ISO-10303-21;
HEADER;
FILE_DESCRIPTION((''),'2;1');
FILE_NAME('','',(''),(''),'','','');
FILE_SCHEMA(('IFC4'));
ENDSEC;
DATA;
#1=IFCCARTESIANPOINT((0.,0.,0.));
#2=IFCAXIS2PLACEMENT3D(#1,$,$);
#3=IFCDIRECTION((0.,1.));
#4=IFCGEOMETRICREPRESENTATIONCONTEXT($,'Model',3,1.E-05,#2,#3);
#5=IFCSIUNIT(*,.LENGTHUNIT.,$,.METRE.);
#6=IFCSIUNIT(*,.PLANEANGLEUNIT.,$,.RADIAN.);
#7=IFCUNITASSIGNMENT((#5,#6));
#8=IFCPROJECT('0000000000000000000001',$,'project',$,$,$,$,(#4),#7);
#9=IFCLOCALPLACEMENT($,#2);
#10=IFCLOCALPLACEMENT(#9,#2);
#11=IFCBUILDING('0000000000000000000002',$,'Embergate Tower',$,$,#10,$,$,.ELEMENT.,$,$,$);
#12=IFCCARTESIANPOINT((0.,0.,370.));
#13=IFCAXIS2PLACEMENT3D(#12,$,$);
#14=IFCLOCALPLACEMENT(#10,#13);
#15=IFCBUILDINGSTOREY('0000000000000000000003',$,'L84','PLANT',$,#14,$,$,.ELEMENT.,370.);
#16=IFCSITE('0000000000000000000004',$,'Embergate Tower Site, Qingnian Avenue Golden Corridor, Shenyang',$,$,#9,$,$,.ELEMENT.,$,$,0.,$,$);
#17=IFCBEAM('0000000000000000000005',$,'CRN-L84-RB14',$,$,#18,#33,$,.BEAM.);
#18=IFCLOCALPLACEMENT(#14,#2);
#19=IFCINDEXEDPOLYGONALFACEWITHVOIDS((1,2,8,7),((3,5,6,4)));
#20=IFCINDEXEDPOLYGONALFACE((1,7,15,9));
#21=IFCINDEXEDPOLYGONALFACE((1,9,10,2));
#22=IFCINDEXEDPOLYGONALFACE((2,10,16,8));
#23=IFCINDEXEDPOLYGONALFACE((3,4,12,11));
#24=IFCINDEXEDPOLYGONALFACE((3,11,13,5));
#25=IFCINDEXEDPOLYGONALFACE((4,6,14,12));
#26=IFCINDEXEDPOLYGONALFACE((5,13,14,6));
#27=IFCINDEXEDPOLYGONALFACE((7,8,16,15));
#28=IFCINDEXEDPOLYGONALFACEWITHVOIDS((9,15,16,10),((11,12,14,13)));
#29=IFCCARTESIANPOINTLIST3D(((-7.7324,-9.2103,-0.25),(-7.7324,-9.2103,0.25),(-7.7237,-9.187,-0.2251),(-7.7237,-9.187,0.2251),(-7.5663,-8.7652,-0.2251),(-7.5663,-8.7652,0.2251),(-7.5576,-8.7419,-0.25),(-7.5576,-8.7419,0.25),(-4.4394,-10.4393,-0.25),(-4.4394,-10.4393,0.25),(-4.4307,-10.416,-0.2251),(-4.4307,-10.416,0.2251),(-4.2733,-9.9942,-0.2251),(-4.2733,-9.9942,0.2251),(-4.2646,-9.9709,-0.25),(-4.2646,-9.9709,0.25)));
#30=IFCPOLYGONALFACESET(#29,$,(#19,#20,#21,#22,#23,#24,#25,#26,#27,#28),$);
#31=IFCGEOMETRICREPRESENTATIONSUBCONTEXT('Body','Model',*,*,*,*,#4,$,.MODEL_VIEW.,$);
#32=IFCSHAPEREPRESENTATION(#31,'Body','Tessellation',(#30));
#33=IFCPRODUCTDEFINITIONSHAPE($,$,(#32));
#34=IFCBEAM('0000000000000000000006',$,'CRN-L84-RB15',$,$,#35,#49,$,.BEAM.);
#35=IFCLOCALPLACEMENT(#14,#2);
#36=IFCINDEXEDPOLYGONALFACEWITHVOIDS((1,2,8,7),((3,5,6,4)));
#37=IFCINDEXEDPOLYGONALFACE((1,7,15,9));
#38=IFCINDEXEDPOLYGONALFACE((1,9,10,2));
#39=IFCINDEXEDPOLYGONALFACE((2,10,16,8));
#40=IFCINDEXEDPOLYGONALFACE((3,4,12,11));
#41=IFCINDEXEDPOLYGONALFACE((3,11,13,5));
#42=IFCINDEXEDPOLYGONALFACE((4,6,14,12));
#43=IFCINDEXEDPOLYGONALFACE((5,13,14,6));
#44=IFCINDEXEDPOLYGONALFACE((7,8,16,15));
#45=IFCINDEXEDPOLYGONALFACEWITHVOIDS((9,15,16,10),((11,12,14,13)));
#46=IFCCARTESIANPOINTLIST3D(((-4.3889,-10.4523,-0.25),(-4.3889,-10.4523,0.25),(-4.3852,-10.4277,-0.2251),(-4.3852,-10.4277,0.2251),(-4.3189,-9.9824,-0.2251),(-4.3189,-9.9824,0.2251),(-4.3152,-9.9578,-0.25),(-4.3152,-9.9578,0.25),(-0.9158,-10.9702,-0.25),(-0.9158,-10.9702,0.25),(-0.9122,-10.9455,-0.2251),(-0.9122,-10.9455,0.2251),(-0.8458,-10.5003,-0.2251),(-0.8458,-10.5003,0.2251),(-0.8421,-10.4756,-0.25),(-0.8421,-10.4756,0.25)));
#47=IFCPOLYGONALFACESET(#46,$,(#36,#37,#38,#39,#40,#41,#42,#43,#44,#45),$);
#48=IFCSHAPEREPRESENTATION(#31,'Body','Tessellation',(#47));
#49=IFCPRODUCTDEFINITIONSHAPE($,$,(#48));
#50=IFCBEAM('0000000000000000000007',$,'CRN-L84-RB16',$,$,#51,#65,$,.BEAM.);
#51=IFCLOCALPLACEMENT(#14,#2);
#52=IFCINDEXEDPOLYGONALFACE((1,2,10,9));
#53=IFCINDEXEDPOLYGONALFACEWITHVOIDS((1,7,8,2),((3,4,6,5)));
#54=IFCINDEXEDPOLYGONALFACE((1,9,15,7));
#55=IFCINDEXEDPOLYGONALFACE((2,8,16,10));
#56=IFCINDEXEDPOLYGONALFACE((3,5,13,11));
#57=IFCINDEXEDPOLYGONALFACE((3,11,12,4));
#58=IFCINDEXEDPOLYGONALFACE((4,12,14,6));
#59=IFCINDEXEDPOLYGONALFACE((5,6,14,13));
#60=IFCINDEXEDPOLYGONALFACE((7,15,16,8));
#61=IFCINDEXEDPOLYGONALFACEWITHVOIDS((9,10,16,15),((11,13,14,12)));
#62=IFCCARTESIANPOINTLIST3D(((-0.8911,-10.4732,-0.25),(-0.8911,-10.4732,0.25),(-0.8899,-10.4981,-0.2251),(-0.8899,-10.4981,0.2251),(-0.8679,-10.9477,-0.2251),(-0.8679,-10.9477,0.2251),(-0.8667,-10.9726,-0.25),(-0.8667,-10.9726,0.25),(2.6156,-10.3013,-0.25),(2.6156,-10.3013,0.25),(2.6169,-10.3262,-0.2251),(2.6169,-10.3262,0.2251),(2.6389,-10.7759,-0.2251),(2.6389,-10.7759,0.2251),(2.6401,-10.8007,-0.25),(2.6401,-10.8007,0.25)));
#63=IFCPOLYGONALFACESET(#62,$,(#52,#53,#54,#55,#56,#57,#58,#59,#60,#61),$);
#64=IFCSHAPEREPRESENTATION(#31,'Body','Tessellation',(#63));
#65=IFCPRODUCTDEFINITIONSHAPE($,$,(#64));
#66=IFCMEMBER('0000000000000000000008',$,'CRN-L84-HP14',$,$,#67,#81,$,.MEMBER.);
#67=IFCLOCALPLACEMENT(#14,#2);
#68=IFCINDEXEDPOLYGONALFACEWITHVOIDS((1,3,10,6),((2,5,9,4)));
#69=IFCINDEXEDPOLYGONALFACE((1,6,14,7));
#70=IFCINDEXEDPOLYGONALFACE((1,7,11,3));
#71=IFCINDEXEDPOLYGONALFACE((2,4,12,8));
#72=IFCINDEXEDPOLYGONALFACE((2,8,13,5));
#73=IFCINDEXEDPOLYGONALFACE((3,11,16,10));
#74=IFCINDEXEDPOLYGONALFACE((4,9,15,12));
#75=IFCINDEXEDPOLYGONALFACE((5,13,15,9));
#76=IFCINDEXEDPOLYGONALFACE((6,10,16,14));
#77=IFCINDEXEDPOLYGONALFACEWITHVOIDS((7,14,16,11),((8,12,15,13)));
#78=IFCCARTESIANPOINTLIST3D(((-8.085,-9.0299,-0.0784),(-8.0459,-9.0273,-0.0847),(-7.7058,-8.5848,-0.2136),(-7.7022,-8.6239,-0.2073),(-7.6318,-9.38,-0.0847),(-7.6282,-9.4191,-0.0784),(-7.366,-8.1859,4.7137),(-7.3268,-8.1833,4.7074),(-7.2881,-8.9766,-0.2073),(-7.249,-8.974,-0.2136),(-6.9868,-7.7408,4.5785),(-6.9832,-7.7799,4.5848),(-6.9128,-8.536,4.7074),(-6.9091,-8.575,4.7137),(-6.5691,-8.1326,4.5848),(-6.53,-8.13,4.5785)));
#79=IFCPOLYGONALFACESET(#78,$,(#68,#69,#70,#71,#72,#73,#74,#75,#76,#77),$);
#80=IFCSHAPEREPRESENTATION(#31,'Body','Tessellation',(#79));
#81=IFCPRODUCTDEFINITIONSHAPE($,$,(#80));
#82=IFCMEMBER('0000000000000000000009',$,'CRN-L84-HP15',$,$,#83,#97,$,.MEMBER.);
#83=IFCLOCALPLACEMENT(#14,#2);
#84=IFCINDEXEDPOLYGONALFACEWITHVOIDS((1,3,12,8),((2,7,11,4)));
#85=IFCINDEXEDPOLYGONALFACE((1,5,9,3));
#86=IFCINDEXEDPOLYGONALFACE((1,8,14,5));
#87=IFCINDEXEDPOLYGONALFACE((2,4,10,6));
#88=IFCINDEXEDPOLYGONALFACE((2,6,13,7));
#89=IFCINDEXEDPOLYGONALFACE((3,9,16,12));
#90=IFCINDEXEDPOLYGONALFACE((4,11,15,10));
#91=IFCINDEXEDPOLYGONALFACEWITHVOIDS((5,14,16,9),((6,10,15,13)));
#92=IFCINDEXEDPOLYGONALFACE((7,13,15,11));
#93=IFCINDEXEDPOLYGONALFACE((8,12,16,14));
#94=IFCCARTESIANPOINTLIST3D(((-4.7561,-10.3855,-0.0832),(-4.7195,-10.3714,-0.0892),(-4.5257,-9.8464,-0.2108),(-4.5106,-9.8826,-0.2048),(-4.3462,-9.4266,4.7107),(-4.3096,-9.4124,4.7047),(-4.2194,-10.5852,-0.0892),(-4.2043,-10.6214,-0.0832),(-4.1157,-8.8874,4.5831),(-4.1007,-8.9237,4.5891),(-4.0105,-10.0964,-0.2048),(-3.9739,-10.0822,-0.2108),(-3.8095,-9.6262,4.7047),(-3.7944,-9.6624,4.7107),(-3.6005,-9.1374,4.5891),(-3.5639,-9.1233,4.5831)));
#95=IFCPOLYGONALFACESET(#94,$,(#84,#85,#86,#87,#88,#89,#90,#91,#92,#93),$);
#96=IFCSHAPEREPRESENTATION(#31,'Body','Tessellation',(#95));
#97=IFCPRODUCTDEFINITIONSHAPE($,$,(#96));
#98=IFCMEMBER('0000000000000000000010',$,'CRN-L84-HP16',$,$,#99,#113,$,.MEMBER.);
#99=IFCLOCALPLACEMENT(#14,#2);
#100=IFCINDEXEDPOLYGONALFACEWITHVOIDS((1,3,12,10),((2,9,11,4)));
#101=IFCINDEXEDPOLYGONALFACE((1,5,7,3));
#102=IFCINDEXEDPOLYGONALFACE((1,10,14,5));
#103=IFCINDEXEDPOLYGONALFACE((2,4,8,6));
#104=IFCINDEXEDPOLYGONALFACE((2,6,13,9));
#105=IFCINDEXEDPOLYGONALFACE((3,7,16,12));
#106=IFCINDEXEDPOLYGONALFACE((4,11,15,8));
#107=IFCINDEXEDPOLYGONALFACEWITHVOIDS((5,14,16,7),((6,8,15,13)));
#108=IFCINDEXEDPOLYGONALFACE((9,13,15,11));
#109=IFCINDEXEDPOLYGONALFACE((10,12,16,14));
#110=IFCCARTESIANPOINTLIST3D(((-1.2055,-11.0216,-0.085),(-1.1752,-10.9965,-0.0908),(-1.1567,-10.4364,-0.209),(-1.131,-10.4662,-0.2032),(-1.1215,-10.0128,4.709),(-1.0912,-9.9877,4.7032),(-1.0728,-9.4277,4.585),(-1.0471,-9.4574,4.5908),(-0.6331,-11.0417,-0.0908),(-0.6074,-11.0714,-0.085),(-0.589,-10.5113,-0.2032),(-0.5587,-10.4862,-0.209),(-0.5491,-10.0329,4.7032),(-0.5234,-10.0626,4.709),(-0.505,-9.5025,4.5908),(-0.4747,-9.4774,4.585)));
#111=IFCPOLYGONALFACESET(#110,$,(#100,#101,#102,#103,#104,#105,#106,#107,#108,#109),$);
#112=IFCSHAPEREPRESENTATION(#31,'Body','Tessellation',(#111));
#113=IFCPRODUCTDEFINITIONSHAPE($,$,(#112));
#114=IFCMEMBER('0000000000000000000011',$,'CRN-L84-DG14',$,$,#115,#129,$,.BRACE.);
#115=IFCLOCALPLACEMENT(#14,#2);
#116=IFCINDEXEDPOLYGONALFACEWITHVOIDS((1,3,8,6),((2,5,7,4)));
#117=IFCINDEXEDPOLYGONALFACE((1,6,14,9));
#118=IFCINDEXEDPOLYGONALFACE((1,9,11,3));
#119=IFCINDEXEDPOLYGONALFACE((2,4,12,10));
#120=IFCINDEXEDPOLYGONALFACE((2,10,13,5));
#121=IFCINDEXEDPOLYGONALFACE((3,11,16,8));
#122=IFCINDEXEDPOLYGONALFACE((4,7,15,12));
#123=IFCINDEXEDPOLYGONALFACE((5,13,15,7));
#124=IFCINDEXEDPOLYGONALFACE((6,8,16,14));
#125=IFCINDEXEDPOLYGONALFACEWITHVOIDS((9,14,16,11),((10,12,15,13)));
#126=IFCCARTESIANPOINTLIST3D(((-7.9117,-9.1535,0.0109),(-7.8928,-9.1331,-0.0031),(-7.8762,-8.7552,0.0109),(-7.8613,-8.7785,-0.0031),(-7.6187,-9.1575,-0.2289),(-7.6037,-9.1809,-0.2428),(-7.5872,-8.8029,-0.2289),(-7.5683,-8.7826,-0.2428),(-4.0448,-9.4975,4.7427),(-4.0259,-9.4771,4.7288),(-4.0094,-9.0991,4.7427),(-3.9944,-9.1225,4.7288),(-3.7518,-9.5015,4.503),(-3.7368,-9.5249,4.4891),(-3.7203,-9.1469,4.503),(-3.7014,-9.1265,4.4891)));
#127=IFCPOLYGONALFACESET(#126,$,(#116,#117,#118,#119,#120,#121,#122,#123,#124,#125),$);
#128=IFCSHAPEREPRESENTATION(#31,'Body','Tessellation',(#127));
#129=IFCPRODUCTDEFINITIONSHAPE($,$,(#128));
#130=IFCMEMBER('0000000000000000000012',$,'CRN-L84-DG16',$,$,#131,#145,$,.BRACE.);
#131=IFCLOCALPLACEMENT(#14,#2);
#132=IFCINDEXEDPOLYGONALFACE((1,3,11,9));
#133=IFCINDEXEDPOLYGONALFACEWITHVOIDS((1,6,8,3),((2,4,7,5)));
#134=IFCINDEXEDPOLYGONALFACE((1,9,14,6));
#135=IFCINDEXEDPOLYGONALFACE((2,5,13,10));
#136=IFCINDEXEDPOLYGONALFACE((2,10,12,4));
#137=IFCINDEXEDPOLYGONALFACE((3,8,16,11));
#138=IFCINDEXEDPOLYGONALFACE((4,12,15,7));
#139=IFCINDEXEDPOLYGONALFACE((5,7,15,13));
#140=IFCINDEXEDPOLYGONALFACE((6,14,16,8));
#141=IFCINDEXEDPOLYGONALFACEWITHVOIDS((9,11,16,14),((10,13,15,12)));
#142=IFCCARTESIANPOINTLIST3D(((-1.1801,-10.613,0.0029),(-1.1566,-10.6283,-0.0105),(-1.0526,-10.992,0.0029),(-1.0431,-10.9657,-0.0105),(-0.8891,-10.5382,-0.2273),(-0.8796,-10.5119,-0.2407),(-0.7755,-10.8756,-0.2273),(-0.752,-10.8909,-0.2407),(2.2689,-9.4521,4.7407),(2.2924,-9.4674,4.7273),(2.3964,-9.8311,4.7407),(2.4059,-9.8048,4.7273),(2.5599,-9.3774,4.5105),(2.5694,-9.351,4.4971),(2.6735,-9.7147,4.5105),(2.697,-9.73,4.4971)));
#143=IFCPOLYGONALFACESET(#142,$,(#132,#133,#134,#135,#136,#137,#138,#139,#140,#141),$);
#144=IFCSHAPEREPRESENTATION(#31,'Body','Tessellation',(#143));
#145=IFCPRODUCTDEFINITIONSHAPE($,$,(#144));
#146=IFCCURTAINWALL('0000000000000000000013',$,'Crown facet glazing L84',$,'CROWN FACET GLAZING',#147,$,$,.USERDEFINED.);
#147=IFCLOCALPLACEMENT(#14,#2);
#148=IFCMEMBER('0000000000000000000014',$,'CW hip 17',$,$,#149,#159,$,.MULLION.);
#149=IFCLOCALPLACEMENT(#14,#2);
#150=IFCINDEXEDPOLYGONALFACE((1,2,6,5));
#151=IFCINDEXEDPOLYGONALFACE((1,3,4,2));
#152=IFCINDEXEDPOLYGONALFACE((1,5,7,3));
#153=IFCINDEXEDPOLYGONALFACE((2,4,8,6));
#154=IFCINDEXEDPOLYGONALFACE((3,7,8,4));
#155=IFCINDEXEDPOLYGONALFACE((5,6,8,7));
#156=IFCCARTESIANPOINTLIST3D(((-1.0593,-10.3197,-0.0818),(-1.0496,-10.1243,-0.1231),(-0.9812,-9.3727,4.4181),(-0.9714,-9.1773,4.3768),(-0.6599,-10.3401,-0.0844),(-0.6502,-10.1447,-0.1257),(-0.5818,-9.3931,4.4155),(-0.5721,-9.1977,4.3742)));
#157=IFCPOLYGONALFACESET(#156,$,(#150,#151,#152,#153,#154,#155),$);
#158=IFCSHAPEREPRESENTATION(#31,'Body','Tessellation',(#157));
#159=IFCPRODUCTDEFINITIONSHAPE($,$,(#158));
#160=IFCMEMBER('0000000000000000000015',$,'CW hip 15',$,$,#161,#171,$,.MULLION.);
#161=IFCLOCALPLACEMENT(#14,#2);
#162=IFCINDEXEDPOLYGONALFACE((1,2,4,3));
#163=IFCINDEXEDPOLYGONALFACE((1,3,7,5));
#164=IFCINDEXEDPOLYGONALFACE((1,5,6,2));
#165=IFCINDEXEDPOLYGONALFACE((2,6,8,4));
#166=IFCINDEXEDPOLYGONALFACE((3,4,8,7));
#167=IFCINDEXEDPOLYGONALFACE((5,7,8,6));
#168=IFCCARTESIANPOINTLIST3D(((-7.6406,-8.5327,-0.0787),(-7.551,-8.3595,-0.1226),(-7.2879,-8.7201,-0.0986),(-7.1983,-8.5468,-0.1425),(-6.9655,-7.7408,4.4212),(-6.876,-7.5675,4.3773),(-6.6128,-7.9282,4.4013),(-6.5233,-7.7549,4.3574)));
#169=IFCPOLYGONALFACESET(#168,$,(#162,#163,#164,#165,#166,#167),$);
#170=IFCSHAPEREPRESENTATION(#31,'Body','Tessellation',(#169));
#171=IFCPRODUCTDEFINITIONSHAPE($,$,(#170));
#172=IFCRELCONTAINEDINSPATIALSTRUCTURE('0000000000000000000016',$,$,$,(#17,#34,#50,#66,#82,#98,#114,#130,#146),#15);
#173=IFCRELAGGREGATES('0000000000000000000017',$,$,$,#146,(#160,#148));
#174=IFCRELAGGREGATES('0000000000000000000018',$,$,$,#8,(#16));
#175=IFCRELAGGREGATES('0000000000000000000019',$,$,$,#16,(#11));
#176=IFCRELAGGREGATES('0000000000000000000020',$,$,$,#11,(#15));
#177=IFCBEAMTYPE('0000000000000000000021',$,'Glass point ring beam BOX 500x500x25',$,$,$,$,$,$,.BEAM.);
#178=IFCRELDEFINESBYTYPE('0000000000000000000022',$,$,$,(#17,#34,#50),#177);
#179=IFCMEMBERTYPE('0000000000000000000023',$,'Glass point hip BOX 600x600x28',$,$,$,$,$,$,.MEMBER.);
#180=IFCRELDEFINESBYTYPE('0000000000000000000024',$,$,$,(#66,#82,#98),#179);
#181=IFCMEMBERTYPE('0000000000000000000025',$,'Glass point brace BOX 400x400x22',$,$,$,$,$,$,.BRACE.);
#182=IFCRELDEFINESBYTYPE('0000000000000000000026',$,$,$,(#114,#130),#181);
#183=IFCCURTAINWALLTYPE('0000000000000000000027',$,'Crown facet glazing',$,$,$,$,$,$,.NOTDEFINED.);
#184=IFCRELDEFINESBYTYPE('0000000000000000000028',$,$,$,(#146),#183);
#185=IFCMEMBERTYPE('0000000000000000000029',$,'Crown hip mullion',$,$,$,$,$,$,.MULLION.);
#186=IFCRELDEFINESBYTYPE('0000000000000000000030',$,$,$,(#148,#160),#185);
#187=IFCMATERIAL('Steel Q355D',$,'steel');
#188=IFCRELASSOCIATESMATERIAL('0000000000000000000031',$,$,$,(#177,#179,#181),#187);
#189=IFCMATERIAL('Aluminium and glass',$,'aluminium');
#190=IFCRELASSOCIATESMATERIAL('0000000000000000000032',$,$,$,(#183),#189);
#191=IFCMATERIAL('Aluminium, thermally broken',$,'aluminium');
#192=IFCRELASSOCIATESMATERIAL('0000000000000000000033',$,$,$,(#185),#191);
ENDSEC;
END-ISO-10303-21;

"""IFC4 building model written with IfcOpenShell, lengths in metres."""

from ifc_helpers import new_model, si_unit, direction, frame, origin, origin_2d, place, context, subcontext, project, spatial, rectangle, hollow_rectangle, extrude, source, transform, mapped, material, material_profile, profile_set, type_object, element, aggregate, save


model = new_model("IFC4")

# Units and contexts
model_context = context("Model", 3, precision=1e-05, world=origin(), true_north=direction((0.0, 1.0)))
body_context = subcontext(model_context, "Body", "Model", "MODEL_VIEW")
ifc_project = project(units=[si_unit("LENGTHUNIT", "METRE"), si_unit("PLANEANGLEUNIT", "RADIAN")], contexts=[model_context])

# Site, building, storey
site_placement = place(None, origin())
site = spatial("IfcSite", under=ifc_project, at=site_placement, Name="Embergate Tower Site, Qingnian Avenue Golden Corridor, Shenyang", CompositionType="ELEMENT", RefElevation=0.0)
building_placement = place(site_placement, origin())
building = spatial("IfcBuilding", under=site, at=building_placement, Name="Embergate Tower", CompositionType="ELEMENT")
storey_placement = place(building_placement, frame((0.0, 0.0, 370.0)))
storey = spatial("IfcBuildingStorey", under=building, at=storey_placement, Name="L84", Description="PLANT", CompositionType="ELEMENT", Elevation=370.0)

# Beams
ifc_material_1 = material(Name="Steel Q355D", Category="steel")
ifc_material_profile_1 = material_profile(ifc_material_1, hollow_rectangle(XDim=0.5, YDim=0.5, WallThickness=0.0249, at=origin_2d()), Name="BOX 500x500x25")
ifc_profile_set_1 = profile_set([ifc_material_profile_1], Name="Steel Q355 grade D")
beam_type = type_object("IfcBeamType", Name="Glass point ring beam BOX 500x500x25", PredefinedType="BEAM", material=ifc_profile_set_1)
shared_shape_1 = source(origin(), body_context, "Body", "SweptSolid", [
    extrude(hollow_rectangle(XDim=0.5, YDim=0.5, WallThickness=0.0249, at=origin_2d()), origin(), (0.0, 0.0, 1.0), 3.5149),
])
beam_1_placement = place(storey_placement, frame((-7.645, -8.9761, 0.0), z_axis=(0.936876, -0.349661, 0.0), x_axis=(0.349661, 0.936876, 0.0)))
element("IfcBeam", 1, at=beam_1_placement, inside=storey, type_object=beam_type, Name="CRN-L84-RB14", PredefinedType="BEAM", context=body_context, shape_type="MappedRepresentation", body=[
    mapped(shared_shape_1, transform((0.0, 0.0, 0.0))),
])
shared_shape_2 = source(origin(), body_context, "Body", "SweptSolid", [
    extrude(hollow_rectangle(XDim=0.5, YDim=0.5, WallThickness=0.0249, at=origin_2d()), origin(), (0.0, 0.0, 1.0), 3.5115),
])
beam_2_placement = place(storey_placement, frame((-4.3521, -10.2051, 0.0), z_axis=(0.989068, -0.147463, 0.0), x_axis=(0.147463, 0.989068, 0.0)))
element("IfcBeam", 2, at=beam_2_placement, inside=storey, type_object=beam_type, Name="CRN-L84-RB15", PredefinedType="BEAM", context=body_context, shape_type="MappedRepresentation", body=[
    mapped(shared_shape_2, transform((0.0, 0.0, 0.0))),
])
shared_shape_3 = source(origin(), body_context, "Body", "SweptSolid", [
    extrude(hollow_rectangle(XDim=0.5, YDim=0.5, WallThickness=0.0249, at=origin_2d()), origin(), (0.0, 0.0, 1.0), 3.511),
])
beam_3_placement = place(storey_placement, frame((-0.8789, -10.7229, 0.0), z_axis=(0.998801, 0.048953, 0.0), x_axis=(-0.048953, 0.998801, 0.0)))
element("IfcBeam", 3, at=beam_3_placement, inside=storey, type_object=beam_type, Name="CRN-L84-RB16", PredefinedType="BEAM", context=body_context, shape_type="MappedRepresentation", body=[
    mapped(shared_shape_3, transform((0.0, 0.0, 0.0))),
])

# Members
ifc_material_profile_2 = material_profile(ifc_material_1, hollow_rectangle(XDim=0.6001, YDim=0.6001, WallThickness=0.0281, at=origin_2d()), Name="BOX 600x600x28")
ifc_profile_set_2 = profile_set([ifc_material_profile_2], Name="Steel Q355 grade D")
member_type_1 = type_object("IfcMemberType", Name="Glass point hip BOX 600x600x28", PredefinedType="MEMBER", material=ifc_profile_set_2)
shared_shape_4 = source(origin(), body_context, "Body", "SweptSolid", [
    extrude(hollow_rectangle(XDim=0.6001, YDim=0.6001, WallThickness=0.0281, at=origin_2d()), origin(), (0.0, 0.0, 1.0), 4.9187),
])
member_1_placement = place(storey_placement, frame((-7.667, -9.002, -0.146), z_axis=(0.146179, 0.171593, 0.974263), x_axis=(-0.761227, 0.648485, 0.0)))
element("IfcMember", 4, at=member_1_placement, inside=storey, type_object=member_type_1, Name="CRN-L84-HP14", PredefinedType="MEMBER", context=body_context, shape_type="MappedRepresentation", body=[
    mapped(shared_shape_4, transform((0.0, 0.0, 0.0))),
])
shared_shape_5 = source(origin(), body_context, "Body", "SweptSolid", [
    extrude(hollow_rectangle(XDim=0.6001, YDim=0.6001, WallThickness=0.0281, at=origin_2d()), origin(), (0.0, 0.0, 1.0), 4.906),
])
member_2_placement = place(storey_placement, frame((-4.365, -10.2339, -0.147), z_axis=(0.083552, 0.195469, 0.977144), x_axis=(-0.91952, 0.393043, 0.0)))
element("IfcMember", 5, at=member_2_placement, inside=storey, type_object=member_type_1, Name="CRN-L84-HP15", PredefinedType="MEMBER", context=body_context, shape_type="MappedRepresentation", body=[
    mapped(shared_shape_5, transform((0.0, 0.0, 0.0))),
])
shared_shape_6 = source(origin(), body_context, "Body", "SweptSolid", [
    extrude(hollow_rectangle(XDim=0.6001, YDim=0.6001, WallThickness=0.0281, at=origin_2d()), origin(), (0.0, 0.0, 1.0), 4.8997),
])
member_3_placement = place(storey_placement, frame((-0.8821, -10.7539, -0.147), z_axis=(0.017141, 0.20589, 0.978425), x_axis=(-0.996552, 0.082966, 0.0)))
element("IfcMember", 6, at=member_3_placement, inside=storey, type_object=member_type_1, Name="CRN-L84-HP16", PredefinedType="MEMBER", context=body_context, shape_type="MappedRepresentation", body=[
    mapped(shared_shape_6, transform((0.0, 0.0, 0.0))),
])
ifc_material_profile_3 = material_profile(ifc_material_1, hollow_rectangle(XDim=0.3999, YDim=0.3999, WallThickness=0.022, at=origin_2d()), Name="BOX 400x400x22")
ifc_profile_set_3 = profile_set([ifc_material_profile_3], Name="Steel Q355 grade D")
member_type_2 = type_object("IfcMemberType", Name="Glass point brace BOX 400x400x22", PredefinedType="BRACE", material=ifc_profile_set_3)
shared_shape_7 = source(origin(), body_context, "Body", "SweptSolid", [
    extrude(hollow_rectangle(XDim=0.3999, YDim=0.3999, WallThickness=0.022, at=origin_2d()), origin(), (0.0, 0.0, 1.0), 6.1206),
])
member_4_placement = place(storey_placement, frame((-7.74, -8.968, -0.116), z_axis=(0.631783, -0.056202, 0.773105), x_axis=(0.088608, 0.996067, 0.0)))
element("IfcMember", 7, at=member_4_placement, inside=storey, type_object=member_type_2, Name="CRN-L84-DG14", PredefinedType="BRACE", context=body_context, shape_type="MappedRepresentation", body=[
    mapped(shared_shape_7, transform((0.0, 0.0, 0.0))),
])
shared_shape_8 = source(origin(), body_context, "Body", "SweptSolid", [
    extrude(hollow_rectangle(XDim=0.3999, YDim=0.3999, WallThickness=0.022, at=origin_2d()), origin(), (0.0, 0.0, 1.0), 5.9741),
])
member_5_placement = place(storey_placement, frame((-0.9661, -10.752, -0.1189), z_axis=(0.577322, 0.194321, 0.793057), x_axis=(-0.319004, 0.947753, 0.0)))
element("IfcMember", 8, at=member_5_placement, inside=storey, type_object=member_type_2, Name="CRN-L84-DG16", PredefinedType="BRACE", context=body_context, shape_type="MappedRepresentation", body=[
    mapped(shared_shape_8, transform((0.0, 0.0, 0.0))),
])

# Curtain wall, members
ifc_material_2 = material(Name="Aluminium and glass", Category="aluminium")
curtain_wall_type = type_object("IfcCurtainWallType", Name="Crown facet glazing", PredefinedType="NOTDEFINED", material=ifc_material_2)
curtain_wall_placement = place(storey_placement, origin())
curtain_wall = element("IfcCurtainWall", 9, at=curtain_wall_placement, inside=storey, type_object=curtain_wall_type, Name="Crown facet glazing L84", ObjectType="CROWN FACET GLAZING", PredefinedType="USERDEFINED")
ifc_material_3 = material(Name="Aluminium, thermally broken", Category="aluminium")
ifc_material_profile_4 = material_profile(ifc_material_3, rectangle(XDim=0.2, YDim=0.3999, at=origin_2d()), Name="AL 400x200")
ifc_profile_set_4 = profile_set([ifc_material_profile_4], Name="Aluminium, thermally broken")
member_type_3 = type_object("IfcMemberType", Name="Crown hip mullion", PredefinedType="MULLION", material=ifc_profile_set_4)
shared_shape_9 = source(origin(), body_context, "Body", "SweptSolid", [
    extrude(rectangle(XDim=0.2, YDim=0.3999, at=origin_2d()), origin(), (0.0, 0.0, 1.0), 4.5991),
])
member_6_placement = place(storey_placement, frame((-0.8547, -10.2322, -0.1038), z_axis=(0.016987, 0.205909, 0.978424), x_axis=(-0.048553, -0.977241, 0.206502)))
member_6 = element("IfcMember", 10, at=member_6_placement, type_object=member_type_3, Name="CW hip 17", PredefinedType="MULLION", context=body_context, shape_type="MappedRepresentation", body=[
    mapped(shared_shape_9, transform((0.0, 0.0, 0.0))),
])
shared_shape_10 = source(origin(), body_context, "Body", "SweptSolid", [
    extrude(rectangle(XDim=0.2, YDim=0.3999, at=origin_2d()), origin(), (0.0, 0.0, 1.0), 4.6187),
])
member_7_placement = place(storey_placement, frame((-7.4194, -8.5398, -0.1106), z_axis=(0.146154, 0.171473, 0.974288), x_axis=(-0.447976, -0.866625, 0.219726)))
member_7 = element("IfcMember", 11, at=member_7_placement, type_object=member_type_3, Name="CW hip 15", PredefinedType="MULLION", context=body_context, shape_type="MappedRepresentation", body=[
    mapped(shared_shape_10, transform((0.0, 0.0, 0.0))),
])
aggregate(curtain_wall, [member_7, member_6])

save(model, "model.ifc")
